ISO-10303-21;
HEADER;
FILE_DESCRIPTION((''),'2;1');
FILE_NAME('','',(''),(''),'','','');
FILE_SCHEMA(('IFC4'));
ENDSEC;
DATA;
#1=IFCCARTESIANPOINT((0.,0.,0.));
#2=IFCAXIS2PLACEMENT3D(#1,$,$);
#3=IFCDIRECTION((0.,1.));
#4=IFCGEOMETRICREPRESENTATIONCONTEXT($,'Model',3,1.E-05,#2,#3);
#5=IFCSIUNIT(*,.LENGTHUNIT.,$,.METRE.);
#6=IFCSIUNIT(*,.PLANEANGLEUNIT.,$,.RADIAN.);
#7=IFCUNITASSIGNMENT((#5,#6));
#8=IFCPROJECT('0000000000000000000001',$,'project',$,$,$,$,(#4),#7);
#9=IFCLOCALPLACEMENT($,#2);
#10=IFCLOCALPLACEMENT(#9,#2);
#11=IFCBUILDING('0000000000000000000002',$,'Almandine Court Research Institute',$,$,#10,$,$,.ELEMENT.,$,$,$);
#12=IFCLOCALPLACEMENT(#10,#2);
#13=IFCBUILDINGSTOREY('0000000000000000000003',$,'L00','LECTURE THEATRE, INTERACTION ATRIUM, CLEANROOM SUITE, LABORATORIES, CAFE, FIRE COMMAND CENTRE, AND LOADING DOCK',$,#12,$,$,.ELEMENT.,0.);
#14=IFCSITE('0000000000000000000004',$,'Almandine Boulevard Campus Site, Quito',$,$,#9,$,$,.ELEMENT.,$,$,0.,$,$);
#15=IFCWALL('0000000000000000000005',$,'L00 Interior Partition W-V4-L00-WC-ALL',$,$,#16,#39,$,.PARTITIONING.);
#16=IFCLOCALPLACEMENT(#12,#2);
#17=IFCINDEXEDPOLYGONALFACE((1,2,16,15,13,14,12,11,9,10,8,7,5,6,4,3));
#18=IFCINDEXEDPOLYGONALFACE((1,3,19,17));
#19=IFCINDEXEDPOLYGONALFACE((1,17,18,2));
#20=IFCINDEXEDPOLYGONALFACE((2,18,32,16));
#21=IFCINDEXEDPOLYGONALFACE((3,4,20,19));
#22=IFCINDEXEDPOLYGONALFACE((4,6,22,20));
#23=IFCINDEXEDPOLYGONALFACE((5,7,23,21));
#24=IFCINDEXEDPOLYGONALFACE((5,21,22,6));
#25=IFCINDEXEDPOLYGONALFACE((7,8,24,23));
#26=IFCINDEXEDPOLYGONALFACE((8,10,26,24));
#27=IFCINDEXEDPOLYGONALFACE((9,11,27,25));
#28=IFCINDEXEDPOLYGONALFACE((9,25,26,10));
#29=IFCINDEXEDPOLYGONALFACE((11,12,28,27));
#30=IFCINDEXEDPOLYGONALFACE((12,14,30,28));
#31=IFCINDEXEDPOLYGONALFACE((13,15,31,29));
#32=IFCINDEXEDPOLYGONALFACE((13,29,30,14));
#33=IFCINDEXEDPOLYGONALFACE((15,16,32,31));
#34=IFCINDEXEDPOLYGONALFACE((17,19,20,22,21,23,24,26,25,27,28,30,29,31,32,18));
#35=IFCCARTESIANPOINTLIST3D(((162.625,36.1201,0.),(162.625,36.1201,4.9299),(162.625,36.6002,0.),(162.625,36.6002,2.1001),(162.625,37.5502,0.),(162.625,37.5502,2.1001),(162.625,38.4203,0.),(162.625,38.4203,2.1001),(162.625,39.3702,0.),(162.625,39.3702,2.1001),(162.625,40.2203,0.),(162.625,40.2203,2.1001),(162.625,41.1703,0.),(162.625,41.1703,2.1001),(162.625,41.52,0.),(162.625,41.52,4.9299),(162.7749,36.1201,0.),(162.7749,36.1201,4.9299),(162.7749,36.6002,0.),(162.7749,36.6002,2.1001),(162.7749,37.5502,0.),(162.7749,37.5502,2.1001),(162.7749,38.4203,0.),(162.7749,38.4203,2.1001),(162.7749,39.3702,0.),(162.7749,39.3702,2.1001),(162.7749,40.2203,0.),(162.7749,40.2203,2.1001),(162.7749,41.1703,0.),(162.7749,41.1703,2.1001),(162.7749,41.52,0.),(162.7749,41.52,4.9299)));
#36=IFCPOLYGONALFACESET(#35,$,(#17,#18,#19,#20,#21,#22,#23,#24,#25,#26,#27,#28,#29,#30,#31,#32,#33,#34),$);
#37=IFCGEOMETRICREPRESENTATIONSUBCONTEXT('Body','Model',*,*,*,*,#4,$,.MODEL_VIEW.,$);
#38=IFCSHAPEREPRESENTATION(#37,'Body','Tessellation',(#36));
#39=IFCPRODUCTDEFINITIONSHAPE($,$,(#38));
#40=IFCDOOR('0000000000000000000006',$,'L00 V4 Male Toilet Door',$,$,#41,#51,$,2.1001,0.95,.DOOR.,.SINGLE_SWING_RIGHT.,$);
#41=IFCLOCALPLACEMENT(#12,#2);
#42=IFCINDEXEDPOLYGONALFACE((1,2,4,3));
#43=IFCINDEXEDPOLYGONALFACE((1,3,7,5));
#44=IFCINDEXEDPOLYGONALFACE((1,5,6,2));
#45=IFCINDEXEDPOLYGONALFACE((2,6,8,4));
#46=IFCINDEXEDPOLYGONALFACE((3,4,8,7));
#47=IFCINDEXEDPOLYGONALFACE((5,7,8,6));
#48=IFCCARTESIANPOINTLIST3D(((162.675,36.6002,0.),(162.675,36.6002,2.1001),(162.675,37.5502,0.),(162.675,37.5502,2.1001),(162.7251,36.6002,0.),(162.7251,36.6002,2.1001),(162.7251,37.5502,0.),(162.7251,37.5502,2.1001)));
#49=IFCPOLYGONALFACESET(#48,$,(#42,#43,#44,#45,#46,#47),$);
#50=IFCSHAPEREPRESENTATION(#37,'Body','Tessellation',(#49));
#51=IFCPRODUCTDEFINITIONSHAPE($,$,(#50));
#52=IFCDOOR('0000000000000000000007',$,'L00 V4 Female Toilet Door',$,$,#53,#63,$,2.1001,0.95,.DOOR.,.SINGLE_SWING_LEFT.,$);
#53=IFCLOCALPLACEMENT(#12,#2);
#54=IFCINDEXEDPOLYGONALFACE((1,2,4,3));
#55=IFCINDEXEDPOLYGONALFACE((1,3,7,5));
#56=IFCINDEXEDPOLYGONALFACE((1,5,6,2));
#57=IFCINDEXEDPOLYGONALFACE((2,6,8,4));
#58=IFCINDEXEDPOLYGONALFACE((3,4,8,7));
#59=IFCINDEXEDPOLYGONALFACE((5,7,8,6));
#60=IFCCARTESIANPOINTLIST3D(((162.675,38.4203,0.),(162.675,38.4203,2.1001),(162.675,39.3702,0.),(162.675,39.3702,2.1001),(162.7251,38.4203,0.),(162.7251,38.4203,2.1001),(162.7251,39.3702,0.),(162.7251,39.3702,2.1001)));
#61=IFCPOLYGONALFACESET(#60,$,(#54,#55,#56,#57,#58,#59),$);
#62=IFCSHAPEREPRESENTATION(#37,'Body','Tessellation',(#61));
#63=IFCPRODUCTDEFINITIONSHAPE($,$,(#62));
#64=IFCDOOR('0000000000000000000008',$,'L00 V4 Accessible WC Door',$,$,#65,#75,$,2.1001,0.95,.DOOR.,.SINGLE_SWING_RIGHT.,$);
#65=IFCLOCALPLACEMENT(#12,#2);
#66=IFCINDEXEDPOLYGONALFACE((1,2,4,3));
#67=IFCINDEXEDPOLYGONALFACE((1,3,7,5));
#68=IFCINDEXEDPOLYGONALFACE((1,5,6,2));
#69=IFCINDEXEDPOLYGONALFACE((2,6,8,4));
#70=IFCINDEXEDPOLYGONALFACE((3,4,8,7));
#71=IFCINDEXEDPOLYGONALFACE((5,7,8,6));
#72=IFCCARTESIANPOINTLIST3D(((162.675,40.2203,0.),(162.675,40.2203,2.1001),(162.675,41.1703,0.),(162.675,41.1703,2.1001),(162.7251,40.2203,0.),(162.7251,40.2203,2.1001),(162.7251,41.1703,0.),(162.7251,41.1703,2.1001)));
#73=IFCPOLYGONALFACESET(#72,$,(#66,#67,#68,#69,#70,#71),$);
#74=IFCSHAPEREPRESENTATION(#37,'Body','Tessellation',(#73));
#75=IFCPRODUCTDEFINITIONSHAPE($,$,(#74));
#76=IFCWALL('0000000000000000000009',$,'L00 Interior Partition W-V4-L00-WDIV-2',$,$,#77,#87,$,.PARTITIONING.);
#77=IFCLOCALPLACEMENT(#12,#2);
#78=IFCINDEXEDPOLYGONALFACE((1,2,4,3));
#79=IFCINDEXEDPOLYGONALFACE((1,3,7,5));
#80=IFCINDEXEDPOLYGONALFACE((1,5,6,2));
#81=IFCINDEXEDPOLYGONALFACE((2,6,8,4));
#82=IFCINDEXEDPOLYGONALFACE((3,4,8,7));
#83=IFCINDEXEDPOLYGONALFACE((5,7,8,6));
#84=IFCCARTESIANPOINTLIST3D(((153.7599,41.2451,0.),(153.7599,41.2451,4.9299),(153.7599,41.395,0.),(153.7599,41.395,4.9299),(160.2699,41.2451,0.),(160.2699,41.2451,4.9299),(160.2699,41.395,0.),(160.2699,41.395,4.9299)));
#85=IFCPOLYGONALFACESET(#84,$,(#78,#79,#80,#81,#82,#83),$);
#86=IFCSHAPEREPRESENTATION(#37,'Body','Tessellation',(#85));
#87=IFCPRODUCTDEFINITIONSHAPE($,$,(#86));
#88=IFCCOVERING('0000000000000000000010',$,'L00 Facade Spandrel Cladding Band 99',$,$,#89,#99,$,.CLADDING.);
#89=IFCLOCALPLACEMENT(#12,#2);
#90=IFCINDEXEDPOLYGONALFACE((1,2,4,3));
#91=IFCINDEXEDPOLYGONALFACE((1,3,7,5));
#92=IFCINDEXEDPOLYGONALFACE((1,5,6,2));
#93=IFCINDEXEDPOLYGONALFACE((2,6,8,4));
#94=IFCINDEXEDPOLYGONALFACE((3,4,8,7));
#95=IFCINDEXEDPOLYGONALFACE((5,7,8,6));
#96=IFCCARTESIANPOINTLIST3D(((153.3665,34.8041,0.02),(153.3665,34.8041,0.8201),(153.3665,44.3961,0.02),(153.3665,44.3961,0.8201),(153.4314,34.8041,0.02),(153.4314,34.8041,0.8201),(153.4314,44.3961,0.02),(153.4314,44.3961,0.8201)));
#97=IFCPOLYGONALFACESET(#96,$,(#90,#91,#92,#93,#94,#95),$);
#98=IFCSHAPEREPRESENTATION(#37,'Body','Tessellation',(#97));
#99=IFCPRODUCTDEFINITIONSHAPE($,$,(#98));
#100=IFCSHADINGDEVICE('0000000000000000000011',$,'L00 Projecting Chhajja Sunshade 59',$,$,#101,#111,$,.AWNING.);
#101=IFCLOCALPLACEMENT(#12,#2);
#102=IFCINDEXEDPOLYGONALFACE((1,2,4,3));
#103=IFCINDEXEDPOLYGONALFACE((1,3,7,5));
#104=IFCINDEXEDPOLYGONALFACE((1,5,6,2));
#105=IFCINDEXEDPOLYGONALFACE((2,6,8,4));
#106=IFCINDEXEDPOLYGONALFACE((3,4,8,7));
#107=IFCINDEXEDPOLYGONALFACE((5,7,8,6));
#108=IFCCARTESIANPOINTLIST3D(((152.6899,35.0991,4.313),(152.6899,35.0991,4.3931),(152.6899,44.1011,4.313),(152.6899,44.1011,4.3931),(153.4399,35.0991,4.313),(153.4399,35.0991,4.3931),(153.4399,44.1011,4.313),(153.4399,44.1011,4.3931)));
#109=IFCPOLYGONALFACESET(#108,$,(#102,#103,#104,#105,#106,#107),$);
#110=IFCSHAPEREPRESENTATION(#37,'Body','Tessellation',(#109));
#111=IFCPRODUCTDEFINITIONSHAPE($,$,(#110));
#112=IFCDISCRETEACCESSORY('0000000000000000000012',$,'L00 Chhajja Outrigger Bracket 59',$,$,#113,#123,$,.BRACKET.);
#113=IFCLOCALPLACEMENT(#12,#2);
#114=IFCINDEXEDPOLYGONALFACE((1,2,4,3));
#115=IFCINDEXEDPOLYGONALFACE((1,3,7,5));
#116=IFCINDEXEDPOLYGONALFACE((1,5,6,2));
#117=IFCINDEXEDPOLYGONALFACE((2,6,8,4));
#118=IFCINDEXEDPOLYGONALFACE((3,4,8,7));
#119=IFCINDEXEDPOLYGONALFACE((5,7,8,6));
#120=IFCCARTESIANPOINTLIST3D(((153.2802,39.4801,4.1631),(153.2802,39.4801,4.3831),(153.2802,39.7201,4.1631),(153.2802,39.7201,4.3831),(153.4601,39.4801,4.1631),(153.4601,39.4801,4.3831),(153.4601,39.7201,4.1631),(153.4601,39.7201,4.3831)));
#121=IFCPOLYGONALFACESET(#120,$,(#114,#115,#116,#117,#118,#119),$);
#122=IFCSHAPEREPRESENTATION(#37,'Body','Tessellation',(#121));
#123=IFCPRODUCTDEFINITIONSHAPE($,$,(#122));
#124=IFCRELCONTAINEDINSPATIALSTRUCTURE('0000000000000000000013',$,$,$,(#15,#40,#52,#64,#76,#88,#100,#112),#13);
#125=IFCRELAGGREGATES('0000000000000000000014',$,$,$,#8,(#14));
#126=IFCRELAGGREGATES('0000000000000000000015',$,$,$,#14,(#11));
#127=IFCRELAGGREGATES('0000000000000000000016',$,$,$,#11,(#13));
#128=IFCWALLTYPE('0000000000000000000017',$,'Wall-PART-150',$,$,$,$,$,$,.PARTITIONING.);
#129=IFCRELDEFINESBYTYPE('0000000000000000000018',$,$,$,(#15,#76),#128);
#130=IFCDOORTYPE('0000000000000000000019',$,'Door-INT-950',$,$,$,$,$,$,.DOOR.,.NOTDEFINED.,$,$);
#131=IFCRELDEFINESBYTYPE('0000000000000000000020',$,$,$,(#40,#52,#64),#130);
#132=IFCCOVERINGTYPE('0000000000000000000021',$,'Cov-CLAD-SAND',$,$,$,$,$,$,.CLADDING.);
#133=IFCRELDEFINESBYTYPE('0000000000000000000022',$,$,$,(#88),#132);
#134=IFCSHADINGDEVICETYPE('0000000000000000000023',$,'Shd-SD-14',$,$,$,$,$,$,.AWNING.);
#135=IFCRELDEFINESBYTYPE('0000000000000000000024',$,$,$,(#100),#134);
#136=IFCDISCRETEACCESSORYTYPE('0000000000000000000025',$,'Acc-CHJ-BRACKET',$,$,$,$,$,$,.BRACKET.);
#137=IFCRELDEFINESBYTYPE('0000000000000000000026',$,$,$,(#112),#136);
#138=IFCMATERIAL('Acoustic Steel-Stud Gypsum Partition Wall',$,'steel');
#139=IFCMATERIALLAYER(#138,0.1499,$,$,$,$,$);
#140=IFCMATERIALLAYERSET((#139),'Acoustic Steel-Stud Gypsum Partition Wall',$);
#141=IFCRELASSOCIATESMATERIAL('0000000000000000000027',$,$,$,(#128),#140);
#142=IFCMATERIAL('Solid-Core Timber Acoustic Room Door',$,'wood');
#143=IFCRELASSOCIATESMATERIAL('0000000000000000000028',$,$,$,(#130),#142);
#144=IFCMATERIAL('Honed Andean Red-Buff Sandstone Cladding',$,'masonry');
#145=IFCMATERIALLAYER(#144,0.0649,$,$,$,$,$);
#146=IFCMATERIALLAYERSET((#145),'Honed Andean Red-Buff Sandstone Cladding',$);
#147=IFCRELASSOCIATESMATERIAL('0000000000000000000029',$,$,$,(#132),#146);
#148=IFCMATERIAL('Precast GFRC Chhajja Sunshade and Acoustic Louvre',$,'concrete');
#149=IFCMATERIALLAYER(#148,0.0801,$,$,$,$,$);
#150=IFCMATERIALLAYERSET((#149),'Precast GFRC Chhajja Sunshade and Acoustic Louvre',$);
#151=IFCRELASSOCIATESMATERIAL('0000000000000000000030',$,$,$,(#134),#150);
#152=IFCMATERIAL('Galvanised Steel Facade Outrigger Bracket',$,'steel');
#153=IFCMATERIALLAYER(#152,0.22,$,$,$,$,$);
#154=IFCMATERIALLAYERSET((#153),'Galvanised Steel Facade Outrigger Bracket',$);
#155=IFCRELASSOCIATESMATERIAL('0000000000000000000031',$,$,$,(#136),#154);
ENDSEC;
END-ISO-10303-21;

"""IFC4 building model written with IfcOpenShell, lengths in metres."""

from ifc_helpers import new_model, si_unit, direction, frame, frame_2d, origin, origin_2d, place, context, subcontext, project, spatial, rectangle, extrude, material, layer, layer_set, type_object, element, fill, save


model = new_model("IFC4")

# Units and contexts
model_context = context("Model", 3, precision=1e-05, world=origin(), true_north=direction((0.0, 1.0)))
body_context = subcontext(model_context, "Body", "Model", "MODEL_VIEW")
ifc_project = project(units=[si_unit("LENGTHUNIT", "METRE"), si_unit("PLANEANGLEUNIT", "RADIAN")], contexts=[model_context])

# Site, building, storey
site_placement = place(None, origin())
site = spatial("IfcSite", under=ifc_project, at=site_placement, Name="Almandine Boulevard Campus Site, Quito", CompositionType="ELEMENT", RefElevation=0.0)
building_placement = place(site_placement, origin())
building = spatial("IfcBuilding", under=site, at=building_placement, Name="Almandine Court Research Institute", CompositionType="ELEMENT")
storey_placement = place(building_placement, origin())
storey = spatial("IfcBuildingStorey", under=building, at=storey_placement, Name="L00", Description="LECTURE THEATRE, INTERACTION ATRIUM, CLEANROOM SUITE, LABORATORIES, CAFE, FIRE COMMAND CENTRE, AND LOADING DOCK", CompositionType="ELEMENT", Elevation=0.0)

# Shared definitions
ifc_material_1 = material(Name="Acoustic Steel-Stud Gypsum Partition Wall", Category="steel")
ifc_layer_1 = layer(ifc_material_1, 0.1499)
ifc_layer_set_1 = layer_set([ifc_layer_1], Name="Acoustic Steel-Stud Gypsum Partition Wall")
wall_type_1 = type_object("IfcWallType", Name="Wall-PART-150", PredefinedType="PARTITIONING", material=ifc_layer_set_1)

# Wall, openings, doors
wall_1_placement = place(storey_placement, frame((162.7, 36.1201, 0.0), z_axis=(0.0, 0.0, 1.0), x_axis=(0.0, 1.0, 0.0)))
wall_1 = element("IfcWall", 1, at=wall_1_placement, inside=storey, type_object=wall_type_1, Name="L00 Interior Partition W-V4-L00-WC-ALL", PredefinedType="PARTITIONING", context=body_context, shape_type="SweptSolid", body=[
    extrude(rectangle(XDim=5.3999, YDim=0.1499, at=frame_2d((2.7, 0.0))), origin(), (0.0, 0.0, 1.0), 4.9299),
])
opening_1_placement = place(wall_1_placement, frame((0.48, 0.0, 0.0)))
opening_1 = element("IfcOpeningElement", 2, at=opening_1_placement, cuts=wall_1, PredefinedType="OPENING", context=body_context, shape_type="SweptSolid", body=[
    extrude(rectangle(XDim=0.95, YDim=2.1001, at=frame_2d((0.4751, 1.05))), frame((0.0, 0.085, 0.0), z_axis=(0.0, -1.0, 0.0), x_axis=(1.0, 0.0, 0.0)), (0.0, 0.0, 1.0), 0.1699),
])
opening_2_placement = place(wall_1_placement, frame((2.3, 0.0, 0.0)))
opening_2 = element("IfcOpeningElement", 3, at=opening_2_placement, cuts=wall_1, PredefinedType="OPENING", context=body_context, shape_type="SweptSolid", body=[
    extrude(rectangle(XDim=0.95, YDim=2.1001, at=frame_2d((0.4751, 1.05))), frame((0.0, 0.085, 0.0), z_axis=(0.0, -1.0, 0.0), x_axis=(1.0, 0.0, 0.0)), (0.0, 0.0, 1.0), 0.1699),
])
opening_3_placement = place(wall_1_placement, frame((4.1001, 0.0, 0.0)))
opening_3 = element("IfcOpeningElement", 4, at=opening_3_placement, cuts=wall_1, PredefinedType="OPENING", context=body_context, shape_type="SweptSolid", body=[
    extrude(rectangle(XDim=0.95, YDim=2.1001, at=frame_2d((0.4751, 1.05))), frame((0.0, 0.085, 0.0), z_axis=(0.0, -1.0, 0.0), x_axis=(1.0, 0.0, 0.0)), (0.0, 0.0, 1.0), 0.1699),
])
ifc_material_2 = material(Name="Solid-Core Timber Acoustic Room Door", Category="wood")
door_type_1 = type_object("IfcDoorType", Name="Door-INT-950", OperationType="NOTDEFINED", PredefinedType="DOOR", material=ifc_material_2)
door_1_placement = place(opening_1_placement, origin())
door_1 = element("IfcDoor", 5, at=door_1_placement, inside=storey, type_object=door_type_1, Name="L00 V4 Male Toilet Door", OperationType="SINGLE_SWING_RIGHT", OverallHeight=2.1001, OverallWidth=0.95, PredefinedType="DOOR", context=body_context, shape_type="SweptSolid", body=[
    extrude(rectangle(XDim=0.95, YDim=2.1001, at=frame_2d((0.4751, 1.05))), frame((0.0, 0.0249, 0.0), z_axis=(0.0, -1.0, 0.0), x_axis=(1.0, 0.0, 0.0)), (0.0, 0.0, 1.0), 0.05),
])
fill(opening_1, door_1)
door_2_placement = place(opening_2_placement, origin())
door_2 = element("IfcDoor", 6, at=door_2_placement, inside=storey, type_object=door_type_1, Name="L00 V4 Female Toilet Door", OperationType="SINGLE_SWING_LEFT", OverallHeight=2.1001, OverallWidth=0.95, PredefinedType="DOOR", context=body_context, shape_type="SweptSolid", body=[
    extrude(rectangle(XDim=0.95, YDim=2.1001, at=frame_2d((0.4751, 1.05))), frame((0.0, 0.0249, 0.0), z_axis=(0.0, -1.0, 0.0), x_axis=(1.0, 0.0, 0.0)), (0.0, 0.0, 1.0), 0.05),
])
fill(opening_2, door_2)
door_3_placement = place(opening_3_placement, origin())
door_3 = element("IfcDoor", 7, at=door_3_placement, inside=storey, type_object=door_type_1, Name="L00 V4 Accessible WC Door", OperationType="SINGLE_SWING_RIGHT", OverallHeight=2.1001, OverallWidth=0.95, PredefinedType="DOOR", context=body_context, shape_type="SweptSolid", body=[
    extrude(rectangle(XDim=0.95, YDim=2.1001, at=frame_2d((0.4751, 1.05))), frame((0.0, 0.0249, 0.0), z_axis=(0.0, -1.0, 0.0), x_axis=(1.0, 0.0, 0.0)), (0.0, 0.0, 1.0), 0.05),
])
fill(opening_3, door_3)

# Wall
wall_2_placement = place(storey_placement, frame((153.76, 41.3201, 0.0), z_axis=(0.0, 0.0, 1.0), x_axis=(1.0, 0.0, 0.0)))
element("IfcWall", 8, at=wall_2_placement, inside=storey, type_object=wall_type_1, Name="L00 Interior Partition W-V4-L00-WDIV-2", PredefinedType="PARTITIONING", context=body_context, shape_type="SweptSolid", body=[
    extrude(rectangle(XDim=6.51, YDim=0.1499, at=frame_2d((3.2549, 0.0))), origin(), (0.0, 0.0, 1.0), 4.9299),
])

# Covering
ifc_material_3 = material(Name="Honed Andean Red-Buff Sandstone Cladding", Category="masonry")
ifc_layer_2 = layer(ifc_material_3, 0.0649)
ifc_layer_set_2 = layer_set([ifc_layer_2], Name="Honed Andean Red-Buff Sandstone Cladding")
covering_type = type_object("IfcCoveringType", Name="Cov-CLAD-SAND", PredefinedType="CLADDING", material=ifc_layer_set_2)
covering_placement = place(storey_placement, frame((153.3989, 39.6001, 0.02), z_axis=(0.0, 0.0, 1.0), x_axis=(0.0, 1.0, 0.0)))
element("IfcCovering", 9, at=covering_placement, inside=storey, type_object=covering_type, Name="L00 Facade Spandrel Cladding Band 99", PredefinedType="CLADDING", context=body_context, shape_type="SweptSolid", body=[
    extrude(rectangle(XDim=9.592, YDim=0.0649, at=origin_2d()), origin(), (0.0, 0.0, 1.0), 0.8),
])

# Shading device
ifc_material_4 = material(Name="Precast GFRC Chhajja Sunshade and Acoustic Louvre", Category="concrete")
ifc_layer_3 = layer(ifc_material_4, 0.0801)
ifc_layer_set_3 = layer_set([ifc_layer_3], Name="Precast GFRC Chhajja Sunshade and Acoustic Louvre")
shading_device_type = type_object("IfcShadingDeviceType", Name="Shd-SD-14", PredefinedType="AWNING", material=ifc_layer_set_3)
shading_device_placement = place(storey_placement, frame((153.0649, 39.6001, 4.313), z_axis=(0.0, 0.0, 1.0), x_axis=(0.0, 1.0, 0.0)))
element("IfcShadingDevice", 10, at=shading_device_placement, inside=storey, type_object=shading_device_type, Name="L00 Projecting Chhajja Sunshade 59", PredefinedType="AWNING", context=body_context, shape_type="SweptSolid", body=[
    extrude(rectangle(XDim=9.002, YDim=0.75, at=origin_2d()), origin(), (0.0, 0.0, 1.0), 0.0801),
])

# Discrete accessory
ifc_material_5 = material(Name="Galvanised Steel Facade Outrigger Bracket", Category="steel")
ifc_layer_4 = layer(ifc_material_5, 0.22)
ifc_layer_set_4 = layer_set([ifc_layer_4], Name="Galvanised Steel Facade Outrigger Bracket")
discrete_accessory_type = type_object("IfcDiscreteAccessoryType", Name="Acc-CHJ-BRACKET", PredefinedType="BRACKET", material=ifc_layer_set_4)
discrete_accessory_placement = place(storey_placement, frame((153.3701, 39.6001, 4.1631), z_axis=(0.0, 0.0, 1.0), x_axis=(0.0, 1.0, 0.0)))
element("IfcDiscreteAccessory", 11, at=discrete_accessory_placement, inside=storey, type_object=discrete_accessory_type, Name="L00 Chhajja Outrigger Bracket 59", PredefinedType="BRACKET", context=body_context, shape_type="SweptSolid", body=[
    extrude(rectangle(XDim=0.24, YDim=0.1799, at=origin_2d()), origin(), (0.0, 0.0, 1.0), 0.22),
])

save(model, "model.ifc")
